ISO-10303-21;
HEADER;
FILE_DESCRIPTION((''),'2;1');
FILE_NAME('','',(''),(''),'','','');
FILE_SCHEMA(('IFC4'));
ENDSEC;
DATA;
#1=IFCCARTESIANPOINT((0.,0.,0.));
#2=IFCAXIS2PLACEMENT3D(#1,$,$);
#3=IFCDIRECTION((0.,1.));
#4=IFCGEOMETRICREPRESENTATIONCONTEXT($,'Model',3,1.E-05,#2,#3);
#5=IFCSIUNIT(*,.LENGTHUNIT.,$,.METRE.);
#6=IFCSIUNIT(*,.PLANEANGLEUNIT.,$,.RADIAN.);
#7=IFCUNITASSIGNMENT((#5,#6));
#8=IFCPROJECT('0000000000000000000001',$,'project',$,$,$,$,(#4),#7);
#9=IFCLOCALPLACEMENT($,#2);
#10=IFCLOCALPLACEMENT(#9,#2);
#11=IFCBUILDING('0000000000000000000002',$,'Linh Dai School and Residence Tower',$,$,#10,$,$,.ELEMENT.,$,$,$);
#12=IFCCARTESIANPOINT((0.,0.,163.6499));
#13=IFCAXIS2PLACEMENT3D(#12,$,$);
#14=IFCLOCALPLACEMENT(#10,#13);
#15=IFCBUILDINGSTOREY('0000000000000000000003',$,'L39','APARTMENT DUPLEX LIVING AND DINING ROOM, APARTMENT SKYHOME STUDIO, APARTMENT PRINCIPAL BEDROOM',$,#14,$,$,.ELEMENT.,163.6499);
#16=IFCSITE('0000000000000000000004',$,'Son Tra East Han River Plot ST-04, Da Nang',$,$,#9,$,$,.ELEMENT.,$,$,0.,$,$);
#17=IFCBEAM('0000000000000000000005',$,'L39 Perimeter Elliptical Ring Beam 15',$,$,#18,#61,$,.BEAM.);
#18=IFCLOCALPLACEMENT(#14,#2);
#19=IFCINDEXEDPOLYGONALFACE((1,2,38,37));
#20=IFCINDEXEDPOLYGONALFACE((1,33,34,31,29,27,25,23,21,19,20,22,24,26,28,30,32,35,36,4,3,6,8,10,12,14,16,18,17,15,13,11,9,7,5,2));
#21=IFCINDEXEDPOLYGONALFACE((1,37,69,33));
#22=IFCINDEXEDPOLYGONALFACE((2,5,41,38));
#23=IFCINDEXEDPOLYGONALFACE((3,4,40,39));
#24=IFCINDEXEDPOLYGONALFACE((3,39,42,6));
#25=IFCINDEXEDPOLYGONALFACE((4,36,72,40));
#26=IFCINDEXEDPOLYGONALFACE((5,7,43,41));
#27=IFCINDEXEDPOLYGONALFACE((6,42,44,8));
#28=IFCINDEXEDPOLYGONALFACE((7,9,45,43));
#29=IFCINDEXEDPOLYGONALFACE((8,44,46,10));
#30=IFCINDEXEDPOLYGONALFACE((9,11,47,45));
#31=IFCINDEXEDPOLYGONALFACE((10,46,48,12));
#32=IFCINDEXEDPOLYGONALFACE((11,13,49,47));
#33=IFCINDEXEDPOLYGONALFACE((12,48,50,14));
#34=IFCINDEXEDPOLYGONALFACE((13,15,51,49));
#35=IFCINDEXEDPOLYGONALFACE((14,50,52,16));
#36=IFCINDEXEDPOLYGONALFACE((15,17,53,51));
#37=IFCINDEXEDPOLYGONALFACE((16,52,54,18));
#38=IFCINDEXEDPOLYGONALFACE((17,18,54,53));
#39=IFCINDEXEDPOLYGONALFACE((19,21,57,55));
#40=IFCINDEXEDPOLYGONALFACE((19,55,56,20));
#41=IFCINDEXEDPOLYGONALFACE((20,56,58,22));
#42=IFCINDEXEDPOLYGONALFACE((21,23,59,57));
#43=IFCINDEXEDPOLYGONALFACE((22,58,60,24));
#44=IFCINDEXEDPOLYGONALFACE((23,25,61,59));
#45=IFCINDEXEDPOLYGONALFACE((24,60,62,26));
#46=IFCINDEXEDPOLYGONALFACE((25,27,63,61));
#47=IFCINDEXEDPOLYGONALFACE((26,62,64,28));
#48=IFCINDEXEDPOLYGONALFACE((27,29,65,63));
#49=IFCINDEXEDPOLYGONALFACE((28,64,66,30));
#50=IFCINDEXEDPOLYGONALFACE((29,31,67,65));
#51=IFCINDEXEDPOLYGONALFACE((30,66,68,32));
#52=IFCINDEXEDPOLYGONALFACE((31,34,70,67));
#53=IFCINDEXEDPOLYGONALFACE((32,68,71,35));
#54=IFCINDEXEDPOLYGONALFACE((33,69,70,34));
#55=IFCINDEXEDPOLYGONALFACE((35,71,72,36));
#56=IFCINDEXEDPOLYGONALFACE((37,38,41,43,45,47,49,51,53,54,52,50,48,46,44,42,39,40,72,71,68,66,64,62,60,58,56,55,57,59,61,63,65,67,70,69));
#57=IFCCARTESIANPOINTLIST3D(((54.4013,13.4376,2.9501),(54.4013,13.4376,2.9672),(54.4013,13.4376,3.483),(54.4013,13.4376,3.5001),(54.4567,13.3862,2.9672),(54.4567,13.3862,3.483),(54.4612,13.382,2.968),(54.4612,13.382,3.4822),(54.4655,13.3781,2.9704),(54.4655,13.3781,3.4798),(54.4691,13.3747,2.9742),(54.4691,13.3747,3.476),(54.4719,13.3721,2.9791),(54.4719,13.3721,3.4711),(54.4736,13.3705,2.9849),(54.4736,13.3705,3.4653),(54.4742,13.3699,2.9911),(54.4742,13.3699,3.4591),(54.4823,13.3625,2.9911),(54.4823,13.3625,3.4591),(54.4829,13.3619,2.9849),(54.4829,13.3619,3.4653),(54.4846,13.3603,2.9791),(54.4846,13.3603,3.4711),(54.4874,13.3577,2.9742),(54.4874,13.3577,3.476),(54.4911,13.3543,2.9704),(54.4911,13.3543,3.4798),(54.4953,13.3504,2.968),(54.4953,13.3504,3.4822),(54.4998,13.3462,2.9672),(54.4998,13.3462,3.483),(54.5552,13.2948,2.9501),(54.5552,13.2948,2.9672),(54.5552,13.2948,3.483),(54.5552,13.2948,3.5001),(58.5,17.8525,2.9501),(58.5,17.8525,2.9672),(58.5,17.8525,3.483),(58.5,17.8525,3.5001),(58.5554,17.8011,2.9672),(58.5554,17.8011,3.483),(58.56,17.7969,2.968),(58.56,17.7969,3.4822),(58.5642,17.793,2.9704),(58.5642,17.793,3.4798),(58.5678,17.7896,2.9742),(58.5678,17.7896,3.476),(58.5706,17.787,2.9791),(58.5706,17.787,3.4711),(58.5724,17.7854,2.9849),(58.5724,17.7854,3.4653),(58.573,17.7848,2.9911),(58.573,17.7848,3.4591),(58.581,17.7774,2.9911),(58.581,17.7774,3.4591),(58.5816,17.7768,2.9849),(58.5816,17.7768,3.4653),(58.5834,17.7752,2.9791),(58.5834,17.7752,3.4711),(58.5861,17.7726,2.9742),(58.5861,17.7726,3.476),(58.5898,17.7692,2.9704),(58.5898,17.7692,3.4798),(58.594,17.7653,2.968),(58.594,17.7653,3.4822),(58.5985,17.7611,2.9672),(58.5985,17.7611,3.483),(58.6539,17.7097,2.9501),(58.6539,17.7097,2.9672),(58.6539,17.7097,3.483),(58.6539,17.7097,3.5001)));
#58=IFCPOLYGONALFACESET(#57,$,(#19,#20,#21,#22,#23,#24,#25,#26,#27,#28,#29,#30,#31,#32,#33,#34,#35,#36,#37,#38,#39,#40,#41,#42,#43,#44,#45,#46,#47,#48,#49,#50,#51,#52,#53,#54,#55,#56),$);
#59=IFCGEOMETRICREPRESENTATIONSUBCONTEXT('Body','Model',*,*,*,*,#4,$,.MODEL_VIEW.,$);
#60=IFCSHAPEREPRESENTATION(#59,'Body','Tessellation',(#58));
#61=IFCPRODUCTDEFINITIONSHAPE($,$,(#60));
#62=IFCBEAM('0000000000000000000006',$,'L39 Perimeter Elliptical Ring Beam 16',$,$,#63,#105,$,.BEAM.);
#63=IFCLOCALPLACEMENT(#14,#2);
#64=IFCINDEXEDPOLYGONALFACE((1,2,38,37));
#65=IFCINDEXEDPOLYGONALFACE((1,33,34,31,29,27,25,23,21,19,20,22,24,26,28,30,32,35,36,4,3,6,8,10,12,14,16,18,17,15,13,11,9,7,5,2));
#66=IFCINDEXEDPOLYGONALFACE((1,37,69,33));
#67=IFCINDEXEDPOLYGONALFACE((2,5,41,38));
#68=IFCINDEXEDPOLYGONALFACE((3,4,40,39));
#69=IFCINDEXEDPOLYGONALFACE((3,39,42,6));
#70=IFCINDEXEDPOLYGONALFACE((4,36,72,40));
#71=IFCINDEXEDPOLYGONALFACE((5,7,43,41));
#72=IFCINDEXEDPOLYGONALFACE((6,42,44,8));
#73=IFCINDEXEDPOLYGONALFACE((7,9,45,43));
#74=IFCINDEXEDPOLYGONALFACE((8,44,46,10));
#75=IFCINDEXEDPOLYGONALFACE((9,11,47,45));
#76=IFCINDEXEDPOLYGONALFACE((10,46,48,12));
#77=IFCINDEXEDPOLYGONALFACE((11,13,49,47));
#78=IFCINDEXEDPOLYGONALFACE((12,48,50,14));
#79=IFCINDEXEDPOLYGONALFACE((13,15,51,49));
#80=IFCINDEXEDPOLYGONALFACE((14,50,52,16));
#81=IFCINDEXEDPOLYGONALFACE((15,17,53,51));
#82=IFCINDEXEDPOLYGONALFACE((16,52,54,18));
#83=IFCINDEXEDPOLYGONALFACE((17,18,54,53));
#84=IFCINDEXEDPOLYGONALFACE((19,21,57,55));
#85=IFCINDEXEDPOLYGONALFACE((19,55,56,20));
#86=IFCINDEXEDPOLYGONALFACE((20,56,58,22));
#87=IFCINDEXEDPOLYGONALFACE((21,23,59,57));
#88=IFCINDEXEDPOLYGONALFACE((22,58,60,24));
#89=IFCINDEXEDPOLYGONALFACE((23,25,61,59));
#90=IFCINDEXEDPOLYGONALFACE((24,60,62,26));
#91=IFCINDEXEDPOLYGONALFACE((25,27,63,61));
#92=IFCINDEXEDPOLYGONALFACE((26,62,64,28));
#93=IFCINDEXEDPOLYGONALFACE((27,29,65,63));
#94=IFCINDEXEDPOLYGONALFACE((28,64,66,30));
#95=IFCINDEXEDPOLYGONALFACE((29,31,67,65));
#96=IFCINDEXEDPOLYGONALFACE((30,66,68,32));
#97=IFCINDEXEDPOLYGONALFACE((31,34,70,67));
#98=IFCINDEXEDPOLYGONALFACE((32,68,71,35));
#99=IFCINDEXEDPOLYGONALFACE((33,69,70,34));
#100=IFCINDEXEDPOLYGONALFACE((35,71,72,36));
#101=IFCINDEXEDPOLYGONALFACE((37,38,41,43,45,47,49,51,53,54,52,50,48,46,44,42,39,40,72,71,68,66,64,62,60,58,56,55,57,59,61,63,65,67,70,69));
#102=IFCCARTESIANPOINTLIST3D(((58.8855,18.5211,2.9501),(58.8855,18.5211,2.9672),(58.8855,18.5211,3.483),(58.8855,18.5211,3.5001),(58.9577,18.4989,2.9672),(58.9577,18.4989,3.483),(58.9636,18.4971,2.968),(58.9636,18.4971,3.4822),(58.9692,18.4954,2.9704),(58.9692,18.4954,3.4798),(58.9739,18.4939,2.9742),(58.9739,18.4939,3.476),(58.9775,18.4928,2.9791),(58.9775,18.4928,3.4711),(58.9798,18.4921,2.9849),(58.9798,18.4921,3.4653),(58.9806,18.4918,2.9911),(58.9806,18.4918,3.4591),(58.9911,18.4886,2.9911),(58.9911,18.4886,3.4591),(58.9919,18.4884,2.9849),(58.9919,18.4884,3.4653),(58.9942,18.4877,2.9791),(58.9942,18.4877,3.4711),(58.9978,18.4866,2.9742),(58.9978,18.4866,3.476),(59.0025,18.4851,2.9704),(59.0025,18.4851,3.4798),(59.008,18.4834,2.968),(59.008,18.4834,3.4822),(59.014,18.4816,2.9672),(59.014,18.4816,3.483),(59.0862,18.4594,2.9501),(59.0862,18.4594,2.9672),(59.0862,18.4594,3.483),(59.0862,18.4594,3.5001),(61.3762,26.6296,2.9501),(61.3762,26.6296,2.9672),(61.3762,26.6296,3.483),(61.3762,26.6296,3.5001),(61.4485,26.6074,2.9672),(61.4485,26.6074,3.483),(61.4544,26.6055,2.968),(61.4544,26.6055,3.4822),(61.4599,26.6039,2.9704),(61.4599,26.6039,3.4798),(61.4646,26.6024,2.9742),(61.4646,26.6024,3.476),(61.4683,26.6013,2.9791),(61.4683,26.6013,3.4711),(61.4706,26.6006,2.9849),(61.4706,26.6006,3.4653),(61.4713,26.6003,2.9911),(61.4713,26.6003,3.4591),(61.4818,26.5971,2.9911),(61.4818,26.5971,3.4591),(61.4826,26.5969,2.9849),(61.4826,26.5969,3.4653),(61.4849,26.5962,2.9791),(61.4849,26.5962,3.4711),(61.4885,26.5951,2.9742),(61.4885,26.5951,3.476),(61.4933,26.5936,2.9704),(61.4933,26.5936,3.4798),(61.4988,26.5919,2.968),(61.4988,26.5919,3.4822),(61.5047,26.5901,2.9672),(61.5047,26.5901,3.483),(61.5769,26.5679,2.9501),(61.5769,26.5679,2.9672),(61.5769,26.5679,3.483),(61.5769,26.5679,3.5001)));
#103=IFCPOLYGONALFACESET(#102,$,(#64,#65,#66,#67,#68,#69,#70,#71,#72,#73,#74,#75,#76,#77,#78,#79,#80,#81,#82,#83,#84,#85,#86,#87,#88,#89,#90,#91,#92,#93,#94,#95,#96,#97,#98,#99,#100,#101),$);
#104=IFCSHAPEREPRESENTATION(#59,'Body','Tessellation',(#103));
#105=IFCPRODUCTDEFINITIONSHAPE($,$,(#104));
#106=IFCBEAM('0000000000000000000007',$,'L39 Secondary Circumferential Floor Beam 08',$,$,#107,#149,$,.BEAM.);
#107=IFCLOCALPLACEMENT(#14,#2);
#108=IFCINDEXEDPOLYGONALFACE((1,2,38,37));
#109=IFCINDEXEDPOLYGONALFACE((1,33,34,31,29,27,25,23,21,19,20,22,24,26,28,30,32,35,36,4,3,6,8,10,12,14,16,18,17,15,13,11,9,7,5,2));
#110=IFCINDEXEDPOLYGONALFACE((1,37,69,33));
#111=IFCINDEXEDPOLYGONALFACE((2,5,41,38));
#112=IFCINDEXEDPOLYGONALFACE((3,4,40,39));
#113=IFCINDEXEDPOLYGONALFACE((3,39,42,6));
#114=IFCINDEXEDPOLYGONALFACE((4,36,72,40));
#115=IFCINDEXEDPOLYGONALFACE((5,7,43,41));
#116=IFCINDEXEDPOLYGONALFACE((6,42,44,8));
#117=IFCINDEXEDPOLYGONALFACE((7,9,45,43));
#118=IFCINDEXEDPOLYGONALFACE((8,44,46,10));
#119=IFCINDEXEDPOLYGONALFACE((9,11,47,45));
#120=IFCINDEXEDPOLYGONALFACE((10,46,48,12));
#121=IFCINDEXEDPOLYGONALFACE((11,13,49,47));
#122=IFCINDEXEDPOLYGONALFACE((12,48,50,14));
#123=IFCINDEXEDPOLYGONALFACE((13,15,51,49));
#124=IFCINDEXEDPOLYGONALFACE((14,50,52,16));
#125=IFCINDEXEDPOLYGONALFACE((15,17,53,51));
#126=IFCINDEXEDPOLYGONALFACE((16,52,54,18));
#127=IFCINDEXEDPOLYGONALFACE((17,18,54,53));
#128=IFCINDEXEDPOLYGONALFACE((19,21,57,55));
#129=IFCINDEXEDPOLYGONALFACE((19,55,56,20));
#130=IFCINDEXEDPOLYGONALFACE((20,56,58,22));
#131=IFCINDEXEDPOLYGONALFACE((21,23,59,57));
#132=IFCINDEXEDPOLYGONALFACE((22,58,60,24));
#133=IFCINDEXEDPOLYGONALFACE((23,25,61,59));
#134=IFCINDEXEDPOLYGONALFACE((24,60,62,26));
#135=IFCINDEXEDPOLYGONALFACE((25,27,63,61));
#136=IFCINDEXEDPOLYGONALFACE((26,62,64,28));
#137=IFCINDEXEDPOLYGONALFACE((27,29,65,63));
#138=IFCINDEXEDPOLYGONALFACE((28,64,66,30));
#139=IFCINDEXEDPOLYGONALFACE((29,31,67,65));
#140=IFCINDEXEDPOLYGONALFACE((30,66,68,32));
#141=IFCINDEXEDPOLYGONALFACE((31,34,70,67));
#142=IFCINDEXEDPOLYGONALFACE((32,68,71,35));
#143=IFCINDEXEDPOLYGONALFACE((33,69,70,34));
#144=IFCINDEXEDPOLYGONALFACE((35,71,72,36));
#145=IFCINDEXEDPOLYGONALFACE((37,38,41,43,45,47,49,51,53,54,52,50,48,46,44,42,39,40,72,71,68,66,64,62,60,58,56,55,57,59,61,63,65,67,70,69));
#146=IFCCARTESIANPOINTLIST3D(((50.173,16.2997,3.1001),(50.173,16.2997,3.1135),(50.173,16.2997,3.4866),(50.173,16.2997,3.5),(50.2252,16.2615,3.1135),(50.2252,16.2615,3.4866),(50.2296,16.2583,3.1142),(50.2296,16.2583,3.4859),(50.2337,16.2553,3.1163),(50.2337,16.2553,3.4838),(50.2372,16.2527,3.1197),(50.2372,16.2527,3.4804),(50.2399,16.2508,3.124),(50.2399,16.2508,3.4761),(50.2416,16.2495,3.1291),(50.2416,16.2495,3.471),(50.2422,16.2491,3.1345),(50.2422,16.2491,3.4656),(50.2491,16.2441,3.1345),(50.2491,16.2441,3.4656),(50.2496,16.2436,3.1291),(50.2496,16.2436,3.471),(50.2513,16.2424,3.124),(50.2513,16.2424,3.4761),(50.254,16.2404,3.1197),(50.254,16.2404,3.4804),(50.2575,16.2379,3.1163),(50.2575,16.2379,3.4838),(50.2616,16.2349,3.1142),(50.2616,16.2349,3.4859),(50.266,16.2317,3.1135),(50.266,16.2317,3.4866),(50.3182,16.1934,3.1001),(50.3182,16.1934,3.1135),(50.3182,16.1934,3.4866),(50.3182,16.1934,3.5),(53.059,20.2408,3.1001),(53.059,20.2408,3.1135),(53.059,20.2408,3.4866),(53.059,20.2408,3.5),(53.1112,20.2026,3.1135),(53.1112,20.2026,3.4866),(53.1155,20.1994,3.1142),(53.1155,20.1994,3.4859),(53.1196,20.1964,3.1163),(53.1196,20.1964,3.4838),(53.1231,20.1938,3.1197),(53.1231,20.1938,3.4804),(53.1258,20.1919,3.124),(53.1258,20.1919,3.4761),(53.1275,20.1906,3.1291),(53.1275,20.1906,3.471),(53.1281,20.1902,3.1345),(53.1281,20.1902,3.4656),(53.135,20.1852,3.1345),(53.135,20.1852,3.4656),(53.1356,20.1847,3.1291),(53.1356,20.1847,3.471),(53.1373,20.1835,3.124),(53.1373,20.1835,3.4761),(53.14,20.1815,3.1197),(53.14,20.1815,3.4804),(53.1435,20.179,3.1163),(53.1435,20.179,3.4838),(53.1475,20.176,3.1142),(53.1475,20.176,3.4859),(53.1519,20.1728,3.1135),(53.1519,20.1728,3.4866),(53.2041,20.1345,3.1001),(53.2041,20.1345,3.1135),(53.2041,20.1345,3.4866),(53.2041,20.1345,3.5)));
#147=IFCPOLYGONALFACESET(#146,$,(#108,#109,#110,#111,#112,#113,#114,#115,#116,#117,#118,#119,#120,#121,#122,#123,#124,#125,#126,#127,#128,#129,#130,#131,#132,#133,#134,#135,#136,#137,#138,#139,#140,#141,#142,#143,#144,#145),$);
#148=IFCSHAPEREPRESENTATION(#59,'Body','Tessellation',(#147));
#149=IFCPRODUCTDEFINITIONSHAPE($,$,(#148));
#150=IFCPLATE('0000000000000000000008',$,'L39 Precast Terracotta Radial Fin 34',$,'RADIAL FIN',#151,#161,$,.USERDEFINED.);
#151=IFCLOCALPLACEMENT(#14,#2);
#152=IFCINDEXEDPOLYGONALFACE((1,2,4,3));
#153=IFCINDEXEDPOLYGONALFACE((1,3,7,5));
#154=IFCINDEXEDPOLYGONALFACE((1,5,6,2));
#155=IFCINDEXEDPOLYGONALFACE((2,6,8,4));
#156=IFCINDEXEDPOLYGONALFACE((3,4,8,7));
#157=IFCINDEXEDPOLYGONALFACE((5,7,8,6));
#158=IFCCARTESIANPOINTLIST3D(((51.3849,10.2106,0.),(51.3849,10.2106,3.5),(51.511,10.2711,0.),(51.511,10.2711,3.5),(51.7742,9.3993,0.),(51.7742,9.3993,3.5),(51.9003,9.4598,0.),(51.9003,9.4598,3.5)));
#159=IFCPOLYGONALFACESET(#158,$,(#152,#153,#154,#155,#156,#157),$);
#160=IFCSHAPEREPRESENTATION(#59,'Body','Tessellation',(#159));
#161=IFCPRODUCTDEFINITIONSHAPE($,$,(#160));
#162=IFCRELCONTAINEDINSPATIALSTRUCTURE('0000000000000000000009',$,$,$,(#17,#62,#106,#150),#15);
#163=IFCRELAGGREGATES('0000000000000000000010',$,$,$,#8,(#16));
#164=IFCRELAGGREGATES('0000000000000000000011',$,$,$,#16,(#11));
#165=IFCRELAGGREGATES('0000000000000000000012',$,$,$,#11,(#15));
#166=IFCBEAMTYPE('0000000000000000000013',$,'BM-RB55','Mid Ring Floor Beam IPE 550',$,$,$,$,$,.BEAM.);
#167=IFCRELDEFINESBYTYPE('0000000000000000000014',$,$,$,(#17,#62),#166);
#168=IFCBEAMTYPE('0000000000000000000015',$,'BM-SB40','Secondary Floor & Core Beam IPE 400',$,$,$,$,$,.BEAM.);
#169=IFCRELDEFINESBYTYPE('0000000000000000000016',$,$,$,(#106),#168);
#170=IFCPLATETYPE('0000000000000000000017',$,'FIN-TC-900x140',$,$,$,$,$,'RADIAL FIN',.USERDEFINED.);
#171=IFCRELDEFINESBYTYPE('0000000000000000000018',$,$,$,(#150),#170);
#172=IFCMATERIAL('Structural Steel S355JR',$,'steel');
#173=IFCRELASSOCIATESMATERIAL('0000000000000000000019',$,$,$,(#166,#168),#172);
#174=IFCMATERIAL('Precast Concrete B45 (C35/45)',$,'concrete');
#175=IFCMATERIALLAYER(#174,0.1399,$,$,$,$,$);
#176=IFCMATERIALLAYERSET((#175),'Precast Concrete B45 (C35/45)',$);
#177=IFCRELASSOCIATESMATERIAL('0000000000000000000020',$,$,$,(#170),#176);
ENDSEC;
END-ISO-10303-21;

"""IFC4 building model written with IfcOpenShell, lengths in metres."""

from ifc_helpers import new_model, si_unit, direction, frame, origin, origin_2d, place, context, subcontext, project, spatial, rectangle, i_section, extrude, source, transform, mapped, material, layer, layer_set, material_profile, profile_set, type_object, element, save


model = new_model("IFC4")

# Units and contexts
model_context = context("Model", 3, precision=1e-05, world=origin(), true_north=direction((0.0, 1.0)))
body_context = subcontext(model_context, "Body", "Model", "MODEL_VIEW")
ifc_project = project(units=[si_unit("LENGTHUNIT", "METRE"), si_unit("PLANEANGLEUNIT", "RADIAN")], contexts=[model_context])

# Site, building, storey
site_placement = place(None, origin())
site = spatial("IfcSite", under=ifc_project, at=site_placement, Name="Son Tra East Han River Plot ST-04, Da Nang", CompositionType="ELEMENT", RefElevation=0.0)
building_placement = place(site_placement, origin())
building = spatial("IfcBuilding", under=site, at=building_placement, Name="Linh Dai School and Residence Tower", CompositionType="ELEMENT")
storey_placement = place(building_placement, frame((0.0, 0.0, 163.6499)))
storey = spatial("IfcBuildingStorey", under=building, at=storey_placement, Name="L39", Description="APARTMENT DUPLEX LIVING AND DINING ROOM, APARTMENT SKYHOME STUDIO, APARTMENT PRINCIPAL BEDROOM", CompositionType="ELEMENT", Elevation=163.6499)

# Shared definitions
ifc_material_1 = material(Name="Structural Steel S355JR", Category="steel")

# Beams
ifc_material_profile_1 = material_profile(ifc_material_1, i_section(OverallWidth=0.21, OverallDepth=0.55, WebThickness=0.011, FlangeThickness=0.0171, FilletRadius=0.0239, at=origin_2d()), Name="IPE 550")
ifc_profile_set_1 = profile_set([ifc_material_profile_1], Name="Structural Steel S355JR")
beam_type_1 = type_object("IfcBeamType", Name="BM-RB55", Description="Mid Ring Floor Beam IPE 550", PredefinedType="BEAM", material=ifc_profile_set_1)
beam_1_placement = place(storey_placement, frame((54.4783, 13.3662, 3.2251), z_axis=(0.680378, 0.732861, 0.0), x_axis=(-0.732861, 0.680378, 0.0)))
element("IfcBeam", 1, at=beam_1_placement, inside=storey, type_object=beam_type_1, Name="L39 Perimeter Elliptical Ring Beam 15", PredefinedType="BEAM", context=body_context, shape_type="SweptSolid", body=[
    extrude(i_section(OverallWidth=0.21, OverallDepth=0.55, WebThickness=0.011, FlangeThickness=0.0171, FilletRadius=0.0239, at=origin_2d()), origin(), (0.0, 0.0, 1.0), 6.0242),
])
beam_2_placement = place(storey_placement, frame((58.9858, 18.4902, 3.2251), z_axis=(0.293637, 0.955917, 0.0), x_axis=(-0.955917, 0.293637, 0.0)))
element("IfcBeam", 2, at=beam_2_placement, inside=storey, type_object=beam_type_1, Name="L39 Perimeter Elliptical Ring Beam 16", PredefinedType="BEAM", context=body_context, shape_type="SweptSolid", body=[
    extrude(i_section(OverallWidth=0.21, OverallDepth=0.55, WebThickness=0.011, FlangeThickness=0.0171, FilletRadius=0.0239, at=origin_2d()), origin(), (0.0, 0.0, 1.0), 8.4824),
])
ifc_material_profile_2 = material_profile(ifc_material_1, i_section(OverallWidth=0.1799, OverallDepth=0.3999, WebThickness=0.0085, FlangeThickness=0.0134, FilletRadius=0.021, at=origin_2d()), Name="IPE 400")
ifc_profile_set_2 = profile_set([ifc_material_profile_2], Name="Structural Steel S355JR")
beam_type_2 = type_object("IfcBeamType", Name="BM-SB40", Description="Secondary Floor & Core Beam IPE 400", PredefinedType="BEAM", material=ifc_profile_set_2)
beam_3_placement = place(storey_placement, frame((50.2456, 16.2466, 3.3), z_axis=(0.590805, 0.806815, 0.0), x_axis=(-0.806815, 0.590805, 0.0)))
element("IfcBeam", 3, at=beam_3_placement, inside=storey, type_object=beam_type_2, Name="L39 Secondary Circumferential Floor Beam 08", PredefinedType="BEAM", context=body_context, shape_type="SweptSolid", body=[
    extrude(i_section(OverallWidth=0.1799, OverallDepth=0.3999, WebThickness=0.0085, FlangeThickness=0.0134, FilletRadius=0.021, at=origin_2d()), origin(), (0.0, 0.0, 1.0), 4.8848),
])

# Plate
ifc_material_2 = material(Name="Precast Concrete B45 (C35/45)", Category="concrete")
ifc_layer_1 = layer(ifc_material_2, 0.1399)
ifc_layer_set_1 = layer_set([ifc_layer_1], Name="Precast Concrete B45 (C35/45)")
plate_type = type_object("IfcPlateType", Name="FIN-TC-900x140", ElementType="RADIAL FIN", PredefinedType="USERDEFINED", material=ifc_layer_set_1)
shared_shape_1 = source(origin(), body_context, "Body", "SweptSolid", [
    extrude(rectangle(XDim=0.8999, YDim=0.1399, at=origin_2d()), origin(), (0.0, 0.0, 1.0), 3.5),
])
plate_placement = place(storey_placement, frame((51.6426, 9.8352, 0.0), z_axis=(0.0, 0.0, 1.0), x_axis=(0.432635, -0.901569, 0.0)))
element("IfcPlate", 4, at=plate_placement, inside=storey, type_object=plate_type, Name="L39 Precast Terracotta Radial Fin 34", ObjectType="RADIAL FIN", PredefinedType="USERDEFINED", context=body_context, shape_type="MappedRepresentation", body=[
    mapped(shared_shape_1, transform((0.0, 0.0, 0.0), x_axis=(1.0, 0.0, 0.0), y_axis=(0.0, 1.0, 0.0), z_axis=(0.0, 0.0, 1.0), scale=1.0)),
])

save(model, "model.ifc")
